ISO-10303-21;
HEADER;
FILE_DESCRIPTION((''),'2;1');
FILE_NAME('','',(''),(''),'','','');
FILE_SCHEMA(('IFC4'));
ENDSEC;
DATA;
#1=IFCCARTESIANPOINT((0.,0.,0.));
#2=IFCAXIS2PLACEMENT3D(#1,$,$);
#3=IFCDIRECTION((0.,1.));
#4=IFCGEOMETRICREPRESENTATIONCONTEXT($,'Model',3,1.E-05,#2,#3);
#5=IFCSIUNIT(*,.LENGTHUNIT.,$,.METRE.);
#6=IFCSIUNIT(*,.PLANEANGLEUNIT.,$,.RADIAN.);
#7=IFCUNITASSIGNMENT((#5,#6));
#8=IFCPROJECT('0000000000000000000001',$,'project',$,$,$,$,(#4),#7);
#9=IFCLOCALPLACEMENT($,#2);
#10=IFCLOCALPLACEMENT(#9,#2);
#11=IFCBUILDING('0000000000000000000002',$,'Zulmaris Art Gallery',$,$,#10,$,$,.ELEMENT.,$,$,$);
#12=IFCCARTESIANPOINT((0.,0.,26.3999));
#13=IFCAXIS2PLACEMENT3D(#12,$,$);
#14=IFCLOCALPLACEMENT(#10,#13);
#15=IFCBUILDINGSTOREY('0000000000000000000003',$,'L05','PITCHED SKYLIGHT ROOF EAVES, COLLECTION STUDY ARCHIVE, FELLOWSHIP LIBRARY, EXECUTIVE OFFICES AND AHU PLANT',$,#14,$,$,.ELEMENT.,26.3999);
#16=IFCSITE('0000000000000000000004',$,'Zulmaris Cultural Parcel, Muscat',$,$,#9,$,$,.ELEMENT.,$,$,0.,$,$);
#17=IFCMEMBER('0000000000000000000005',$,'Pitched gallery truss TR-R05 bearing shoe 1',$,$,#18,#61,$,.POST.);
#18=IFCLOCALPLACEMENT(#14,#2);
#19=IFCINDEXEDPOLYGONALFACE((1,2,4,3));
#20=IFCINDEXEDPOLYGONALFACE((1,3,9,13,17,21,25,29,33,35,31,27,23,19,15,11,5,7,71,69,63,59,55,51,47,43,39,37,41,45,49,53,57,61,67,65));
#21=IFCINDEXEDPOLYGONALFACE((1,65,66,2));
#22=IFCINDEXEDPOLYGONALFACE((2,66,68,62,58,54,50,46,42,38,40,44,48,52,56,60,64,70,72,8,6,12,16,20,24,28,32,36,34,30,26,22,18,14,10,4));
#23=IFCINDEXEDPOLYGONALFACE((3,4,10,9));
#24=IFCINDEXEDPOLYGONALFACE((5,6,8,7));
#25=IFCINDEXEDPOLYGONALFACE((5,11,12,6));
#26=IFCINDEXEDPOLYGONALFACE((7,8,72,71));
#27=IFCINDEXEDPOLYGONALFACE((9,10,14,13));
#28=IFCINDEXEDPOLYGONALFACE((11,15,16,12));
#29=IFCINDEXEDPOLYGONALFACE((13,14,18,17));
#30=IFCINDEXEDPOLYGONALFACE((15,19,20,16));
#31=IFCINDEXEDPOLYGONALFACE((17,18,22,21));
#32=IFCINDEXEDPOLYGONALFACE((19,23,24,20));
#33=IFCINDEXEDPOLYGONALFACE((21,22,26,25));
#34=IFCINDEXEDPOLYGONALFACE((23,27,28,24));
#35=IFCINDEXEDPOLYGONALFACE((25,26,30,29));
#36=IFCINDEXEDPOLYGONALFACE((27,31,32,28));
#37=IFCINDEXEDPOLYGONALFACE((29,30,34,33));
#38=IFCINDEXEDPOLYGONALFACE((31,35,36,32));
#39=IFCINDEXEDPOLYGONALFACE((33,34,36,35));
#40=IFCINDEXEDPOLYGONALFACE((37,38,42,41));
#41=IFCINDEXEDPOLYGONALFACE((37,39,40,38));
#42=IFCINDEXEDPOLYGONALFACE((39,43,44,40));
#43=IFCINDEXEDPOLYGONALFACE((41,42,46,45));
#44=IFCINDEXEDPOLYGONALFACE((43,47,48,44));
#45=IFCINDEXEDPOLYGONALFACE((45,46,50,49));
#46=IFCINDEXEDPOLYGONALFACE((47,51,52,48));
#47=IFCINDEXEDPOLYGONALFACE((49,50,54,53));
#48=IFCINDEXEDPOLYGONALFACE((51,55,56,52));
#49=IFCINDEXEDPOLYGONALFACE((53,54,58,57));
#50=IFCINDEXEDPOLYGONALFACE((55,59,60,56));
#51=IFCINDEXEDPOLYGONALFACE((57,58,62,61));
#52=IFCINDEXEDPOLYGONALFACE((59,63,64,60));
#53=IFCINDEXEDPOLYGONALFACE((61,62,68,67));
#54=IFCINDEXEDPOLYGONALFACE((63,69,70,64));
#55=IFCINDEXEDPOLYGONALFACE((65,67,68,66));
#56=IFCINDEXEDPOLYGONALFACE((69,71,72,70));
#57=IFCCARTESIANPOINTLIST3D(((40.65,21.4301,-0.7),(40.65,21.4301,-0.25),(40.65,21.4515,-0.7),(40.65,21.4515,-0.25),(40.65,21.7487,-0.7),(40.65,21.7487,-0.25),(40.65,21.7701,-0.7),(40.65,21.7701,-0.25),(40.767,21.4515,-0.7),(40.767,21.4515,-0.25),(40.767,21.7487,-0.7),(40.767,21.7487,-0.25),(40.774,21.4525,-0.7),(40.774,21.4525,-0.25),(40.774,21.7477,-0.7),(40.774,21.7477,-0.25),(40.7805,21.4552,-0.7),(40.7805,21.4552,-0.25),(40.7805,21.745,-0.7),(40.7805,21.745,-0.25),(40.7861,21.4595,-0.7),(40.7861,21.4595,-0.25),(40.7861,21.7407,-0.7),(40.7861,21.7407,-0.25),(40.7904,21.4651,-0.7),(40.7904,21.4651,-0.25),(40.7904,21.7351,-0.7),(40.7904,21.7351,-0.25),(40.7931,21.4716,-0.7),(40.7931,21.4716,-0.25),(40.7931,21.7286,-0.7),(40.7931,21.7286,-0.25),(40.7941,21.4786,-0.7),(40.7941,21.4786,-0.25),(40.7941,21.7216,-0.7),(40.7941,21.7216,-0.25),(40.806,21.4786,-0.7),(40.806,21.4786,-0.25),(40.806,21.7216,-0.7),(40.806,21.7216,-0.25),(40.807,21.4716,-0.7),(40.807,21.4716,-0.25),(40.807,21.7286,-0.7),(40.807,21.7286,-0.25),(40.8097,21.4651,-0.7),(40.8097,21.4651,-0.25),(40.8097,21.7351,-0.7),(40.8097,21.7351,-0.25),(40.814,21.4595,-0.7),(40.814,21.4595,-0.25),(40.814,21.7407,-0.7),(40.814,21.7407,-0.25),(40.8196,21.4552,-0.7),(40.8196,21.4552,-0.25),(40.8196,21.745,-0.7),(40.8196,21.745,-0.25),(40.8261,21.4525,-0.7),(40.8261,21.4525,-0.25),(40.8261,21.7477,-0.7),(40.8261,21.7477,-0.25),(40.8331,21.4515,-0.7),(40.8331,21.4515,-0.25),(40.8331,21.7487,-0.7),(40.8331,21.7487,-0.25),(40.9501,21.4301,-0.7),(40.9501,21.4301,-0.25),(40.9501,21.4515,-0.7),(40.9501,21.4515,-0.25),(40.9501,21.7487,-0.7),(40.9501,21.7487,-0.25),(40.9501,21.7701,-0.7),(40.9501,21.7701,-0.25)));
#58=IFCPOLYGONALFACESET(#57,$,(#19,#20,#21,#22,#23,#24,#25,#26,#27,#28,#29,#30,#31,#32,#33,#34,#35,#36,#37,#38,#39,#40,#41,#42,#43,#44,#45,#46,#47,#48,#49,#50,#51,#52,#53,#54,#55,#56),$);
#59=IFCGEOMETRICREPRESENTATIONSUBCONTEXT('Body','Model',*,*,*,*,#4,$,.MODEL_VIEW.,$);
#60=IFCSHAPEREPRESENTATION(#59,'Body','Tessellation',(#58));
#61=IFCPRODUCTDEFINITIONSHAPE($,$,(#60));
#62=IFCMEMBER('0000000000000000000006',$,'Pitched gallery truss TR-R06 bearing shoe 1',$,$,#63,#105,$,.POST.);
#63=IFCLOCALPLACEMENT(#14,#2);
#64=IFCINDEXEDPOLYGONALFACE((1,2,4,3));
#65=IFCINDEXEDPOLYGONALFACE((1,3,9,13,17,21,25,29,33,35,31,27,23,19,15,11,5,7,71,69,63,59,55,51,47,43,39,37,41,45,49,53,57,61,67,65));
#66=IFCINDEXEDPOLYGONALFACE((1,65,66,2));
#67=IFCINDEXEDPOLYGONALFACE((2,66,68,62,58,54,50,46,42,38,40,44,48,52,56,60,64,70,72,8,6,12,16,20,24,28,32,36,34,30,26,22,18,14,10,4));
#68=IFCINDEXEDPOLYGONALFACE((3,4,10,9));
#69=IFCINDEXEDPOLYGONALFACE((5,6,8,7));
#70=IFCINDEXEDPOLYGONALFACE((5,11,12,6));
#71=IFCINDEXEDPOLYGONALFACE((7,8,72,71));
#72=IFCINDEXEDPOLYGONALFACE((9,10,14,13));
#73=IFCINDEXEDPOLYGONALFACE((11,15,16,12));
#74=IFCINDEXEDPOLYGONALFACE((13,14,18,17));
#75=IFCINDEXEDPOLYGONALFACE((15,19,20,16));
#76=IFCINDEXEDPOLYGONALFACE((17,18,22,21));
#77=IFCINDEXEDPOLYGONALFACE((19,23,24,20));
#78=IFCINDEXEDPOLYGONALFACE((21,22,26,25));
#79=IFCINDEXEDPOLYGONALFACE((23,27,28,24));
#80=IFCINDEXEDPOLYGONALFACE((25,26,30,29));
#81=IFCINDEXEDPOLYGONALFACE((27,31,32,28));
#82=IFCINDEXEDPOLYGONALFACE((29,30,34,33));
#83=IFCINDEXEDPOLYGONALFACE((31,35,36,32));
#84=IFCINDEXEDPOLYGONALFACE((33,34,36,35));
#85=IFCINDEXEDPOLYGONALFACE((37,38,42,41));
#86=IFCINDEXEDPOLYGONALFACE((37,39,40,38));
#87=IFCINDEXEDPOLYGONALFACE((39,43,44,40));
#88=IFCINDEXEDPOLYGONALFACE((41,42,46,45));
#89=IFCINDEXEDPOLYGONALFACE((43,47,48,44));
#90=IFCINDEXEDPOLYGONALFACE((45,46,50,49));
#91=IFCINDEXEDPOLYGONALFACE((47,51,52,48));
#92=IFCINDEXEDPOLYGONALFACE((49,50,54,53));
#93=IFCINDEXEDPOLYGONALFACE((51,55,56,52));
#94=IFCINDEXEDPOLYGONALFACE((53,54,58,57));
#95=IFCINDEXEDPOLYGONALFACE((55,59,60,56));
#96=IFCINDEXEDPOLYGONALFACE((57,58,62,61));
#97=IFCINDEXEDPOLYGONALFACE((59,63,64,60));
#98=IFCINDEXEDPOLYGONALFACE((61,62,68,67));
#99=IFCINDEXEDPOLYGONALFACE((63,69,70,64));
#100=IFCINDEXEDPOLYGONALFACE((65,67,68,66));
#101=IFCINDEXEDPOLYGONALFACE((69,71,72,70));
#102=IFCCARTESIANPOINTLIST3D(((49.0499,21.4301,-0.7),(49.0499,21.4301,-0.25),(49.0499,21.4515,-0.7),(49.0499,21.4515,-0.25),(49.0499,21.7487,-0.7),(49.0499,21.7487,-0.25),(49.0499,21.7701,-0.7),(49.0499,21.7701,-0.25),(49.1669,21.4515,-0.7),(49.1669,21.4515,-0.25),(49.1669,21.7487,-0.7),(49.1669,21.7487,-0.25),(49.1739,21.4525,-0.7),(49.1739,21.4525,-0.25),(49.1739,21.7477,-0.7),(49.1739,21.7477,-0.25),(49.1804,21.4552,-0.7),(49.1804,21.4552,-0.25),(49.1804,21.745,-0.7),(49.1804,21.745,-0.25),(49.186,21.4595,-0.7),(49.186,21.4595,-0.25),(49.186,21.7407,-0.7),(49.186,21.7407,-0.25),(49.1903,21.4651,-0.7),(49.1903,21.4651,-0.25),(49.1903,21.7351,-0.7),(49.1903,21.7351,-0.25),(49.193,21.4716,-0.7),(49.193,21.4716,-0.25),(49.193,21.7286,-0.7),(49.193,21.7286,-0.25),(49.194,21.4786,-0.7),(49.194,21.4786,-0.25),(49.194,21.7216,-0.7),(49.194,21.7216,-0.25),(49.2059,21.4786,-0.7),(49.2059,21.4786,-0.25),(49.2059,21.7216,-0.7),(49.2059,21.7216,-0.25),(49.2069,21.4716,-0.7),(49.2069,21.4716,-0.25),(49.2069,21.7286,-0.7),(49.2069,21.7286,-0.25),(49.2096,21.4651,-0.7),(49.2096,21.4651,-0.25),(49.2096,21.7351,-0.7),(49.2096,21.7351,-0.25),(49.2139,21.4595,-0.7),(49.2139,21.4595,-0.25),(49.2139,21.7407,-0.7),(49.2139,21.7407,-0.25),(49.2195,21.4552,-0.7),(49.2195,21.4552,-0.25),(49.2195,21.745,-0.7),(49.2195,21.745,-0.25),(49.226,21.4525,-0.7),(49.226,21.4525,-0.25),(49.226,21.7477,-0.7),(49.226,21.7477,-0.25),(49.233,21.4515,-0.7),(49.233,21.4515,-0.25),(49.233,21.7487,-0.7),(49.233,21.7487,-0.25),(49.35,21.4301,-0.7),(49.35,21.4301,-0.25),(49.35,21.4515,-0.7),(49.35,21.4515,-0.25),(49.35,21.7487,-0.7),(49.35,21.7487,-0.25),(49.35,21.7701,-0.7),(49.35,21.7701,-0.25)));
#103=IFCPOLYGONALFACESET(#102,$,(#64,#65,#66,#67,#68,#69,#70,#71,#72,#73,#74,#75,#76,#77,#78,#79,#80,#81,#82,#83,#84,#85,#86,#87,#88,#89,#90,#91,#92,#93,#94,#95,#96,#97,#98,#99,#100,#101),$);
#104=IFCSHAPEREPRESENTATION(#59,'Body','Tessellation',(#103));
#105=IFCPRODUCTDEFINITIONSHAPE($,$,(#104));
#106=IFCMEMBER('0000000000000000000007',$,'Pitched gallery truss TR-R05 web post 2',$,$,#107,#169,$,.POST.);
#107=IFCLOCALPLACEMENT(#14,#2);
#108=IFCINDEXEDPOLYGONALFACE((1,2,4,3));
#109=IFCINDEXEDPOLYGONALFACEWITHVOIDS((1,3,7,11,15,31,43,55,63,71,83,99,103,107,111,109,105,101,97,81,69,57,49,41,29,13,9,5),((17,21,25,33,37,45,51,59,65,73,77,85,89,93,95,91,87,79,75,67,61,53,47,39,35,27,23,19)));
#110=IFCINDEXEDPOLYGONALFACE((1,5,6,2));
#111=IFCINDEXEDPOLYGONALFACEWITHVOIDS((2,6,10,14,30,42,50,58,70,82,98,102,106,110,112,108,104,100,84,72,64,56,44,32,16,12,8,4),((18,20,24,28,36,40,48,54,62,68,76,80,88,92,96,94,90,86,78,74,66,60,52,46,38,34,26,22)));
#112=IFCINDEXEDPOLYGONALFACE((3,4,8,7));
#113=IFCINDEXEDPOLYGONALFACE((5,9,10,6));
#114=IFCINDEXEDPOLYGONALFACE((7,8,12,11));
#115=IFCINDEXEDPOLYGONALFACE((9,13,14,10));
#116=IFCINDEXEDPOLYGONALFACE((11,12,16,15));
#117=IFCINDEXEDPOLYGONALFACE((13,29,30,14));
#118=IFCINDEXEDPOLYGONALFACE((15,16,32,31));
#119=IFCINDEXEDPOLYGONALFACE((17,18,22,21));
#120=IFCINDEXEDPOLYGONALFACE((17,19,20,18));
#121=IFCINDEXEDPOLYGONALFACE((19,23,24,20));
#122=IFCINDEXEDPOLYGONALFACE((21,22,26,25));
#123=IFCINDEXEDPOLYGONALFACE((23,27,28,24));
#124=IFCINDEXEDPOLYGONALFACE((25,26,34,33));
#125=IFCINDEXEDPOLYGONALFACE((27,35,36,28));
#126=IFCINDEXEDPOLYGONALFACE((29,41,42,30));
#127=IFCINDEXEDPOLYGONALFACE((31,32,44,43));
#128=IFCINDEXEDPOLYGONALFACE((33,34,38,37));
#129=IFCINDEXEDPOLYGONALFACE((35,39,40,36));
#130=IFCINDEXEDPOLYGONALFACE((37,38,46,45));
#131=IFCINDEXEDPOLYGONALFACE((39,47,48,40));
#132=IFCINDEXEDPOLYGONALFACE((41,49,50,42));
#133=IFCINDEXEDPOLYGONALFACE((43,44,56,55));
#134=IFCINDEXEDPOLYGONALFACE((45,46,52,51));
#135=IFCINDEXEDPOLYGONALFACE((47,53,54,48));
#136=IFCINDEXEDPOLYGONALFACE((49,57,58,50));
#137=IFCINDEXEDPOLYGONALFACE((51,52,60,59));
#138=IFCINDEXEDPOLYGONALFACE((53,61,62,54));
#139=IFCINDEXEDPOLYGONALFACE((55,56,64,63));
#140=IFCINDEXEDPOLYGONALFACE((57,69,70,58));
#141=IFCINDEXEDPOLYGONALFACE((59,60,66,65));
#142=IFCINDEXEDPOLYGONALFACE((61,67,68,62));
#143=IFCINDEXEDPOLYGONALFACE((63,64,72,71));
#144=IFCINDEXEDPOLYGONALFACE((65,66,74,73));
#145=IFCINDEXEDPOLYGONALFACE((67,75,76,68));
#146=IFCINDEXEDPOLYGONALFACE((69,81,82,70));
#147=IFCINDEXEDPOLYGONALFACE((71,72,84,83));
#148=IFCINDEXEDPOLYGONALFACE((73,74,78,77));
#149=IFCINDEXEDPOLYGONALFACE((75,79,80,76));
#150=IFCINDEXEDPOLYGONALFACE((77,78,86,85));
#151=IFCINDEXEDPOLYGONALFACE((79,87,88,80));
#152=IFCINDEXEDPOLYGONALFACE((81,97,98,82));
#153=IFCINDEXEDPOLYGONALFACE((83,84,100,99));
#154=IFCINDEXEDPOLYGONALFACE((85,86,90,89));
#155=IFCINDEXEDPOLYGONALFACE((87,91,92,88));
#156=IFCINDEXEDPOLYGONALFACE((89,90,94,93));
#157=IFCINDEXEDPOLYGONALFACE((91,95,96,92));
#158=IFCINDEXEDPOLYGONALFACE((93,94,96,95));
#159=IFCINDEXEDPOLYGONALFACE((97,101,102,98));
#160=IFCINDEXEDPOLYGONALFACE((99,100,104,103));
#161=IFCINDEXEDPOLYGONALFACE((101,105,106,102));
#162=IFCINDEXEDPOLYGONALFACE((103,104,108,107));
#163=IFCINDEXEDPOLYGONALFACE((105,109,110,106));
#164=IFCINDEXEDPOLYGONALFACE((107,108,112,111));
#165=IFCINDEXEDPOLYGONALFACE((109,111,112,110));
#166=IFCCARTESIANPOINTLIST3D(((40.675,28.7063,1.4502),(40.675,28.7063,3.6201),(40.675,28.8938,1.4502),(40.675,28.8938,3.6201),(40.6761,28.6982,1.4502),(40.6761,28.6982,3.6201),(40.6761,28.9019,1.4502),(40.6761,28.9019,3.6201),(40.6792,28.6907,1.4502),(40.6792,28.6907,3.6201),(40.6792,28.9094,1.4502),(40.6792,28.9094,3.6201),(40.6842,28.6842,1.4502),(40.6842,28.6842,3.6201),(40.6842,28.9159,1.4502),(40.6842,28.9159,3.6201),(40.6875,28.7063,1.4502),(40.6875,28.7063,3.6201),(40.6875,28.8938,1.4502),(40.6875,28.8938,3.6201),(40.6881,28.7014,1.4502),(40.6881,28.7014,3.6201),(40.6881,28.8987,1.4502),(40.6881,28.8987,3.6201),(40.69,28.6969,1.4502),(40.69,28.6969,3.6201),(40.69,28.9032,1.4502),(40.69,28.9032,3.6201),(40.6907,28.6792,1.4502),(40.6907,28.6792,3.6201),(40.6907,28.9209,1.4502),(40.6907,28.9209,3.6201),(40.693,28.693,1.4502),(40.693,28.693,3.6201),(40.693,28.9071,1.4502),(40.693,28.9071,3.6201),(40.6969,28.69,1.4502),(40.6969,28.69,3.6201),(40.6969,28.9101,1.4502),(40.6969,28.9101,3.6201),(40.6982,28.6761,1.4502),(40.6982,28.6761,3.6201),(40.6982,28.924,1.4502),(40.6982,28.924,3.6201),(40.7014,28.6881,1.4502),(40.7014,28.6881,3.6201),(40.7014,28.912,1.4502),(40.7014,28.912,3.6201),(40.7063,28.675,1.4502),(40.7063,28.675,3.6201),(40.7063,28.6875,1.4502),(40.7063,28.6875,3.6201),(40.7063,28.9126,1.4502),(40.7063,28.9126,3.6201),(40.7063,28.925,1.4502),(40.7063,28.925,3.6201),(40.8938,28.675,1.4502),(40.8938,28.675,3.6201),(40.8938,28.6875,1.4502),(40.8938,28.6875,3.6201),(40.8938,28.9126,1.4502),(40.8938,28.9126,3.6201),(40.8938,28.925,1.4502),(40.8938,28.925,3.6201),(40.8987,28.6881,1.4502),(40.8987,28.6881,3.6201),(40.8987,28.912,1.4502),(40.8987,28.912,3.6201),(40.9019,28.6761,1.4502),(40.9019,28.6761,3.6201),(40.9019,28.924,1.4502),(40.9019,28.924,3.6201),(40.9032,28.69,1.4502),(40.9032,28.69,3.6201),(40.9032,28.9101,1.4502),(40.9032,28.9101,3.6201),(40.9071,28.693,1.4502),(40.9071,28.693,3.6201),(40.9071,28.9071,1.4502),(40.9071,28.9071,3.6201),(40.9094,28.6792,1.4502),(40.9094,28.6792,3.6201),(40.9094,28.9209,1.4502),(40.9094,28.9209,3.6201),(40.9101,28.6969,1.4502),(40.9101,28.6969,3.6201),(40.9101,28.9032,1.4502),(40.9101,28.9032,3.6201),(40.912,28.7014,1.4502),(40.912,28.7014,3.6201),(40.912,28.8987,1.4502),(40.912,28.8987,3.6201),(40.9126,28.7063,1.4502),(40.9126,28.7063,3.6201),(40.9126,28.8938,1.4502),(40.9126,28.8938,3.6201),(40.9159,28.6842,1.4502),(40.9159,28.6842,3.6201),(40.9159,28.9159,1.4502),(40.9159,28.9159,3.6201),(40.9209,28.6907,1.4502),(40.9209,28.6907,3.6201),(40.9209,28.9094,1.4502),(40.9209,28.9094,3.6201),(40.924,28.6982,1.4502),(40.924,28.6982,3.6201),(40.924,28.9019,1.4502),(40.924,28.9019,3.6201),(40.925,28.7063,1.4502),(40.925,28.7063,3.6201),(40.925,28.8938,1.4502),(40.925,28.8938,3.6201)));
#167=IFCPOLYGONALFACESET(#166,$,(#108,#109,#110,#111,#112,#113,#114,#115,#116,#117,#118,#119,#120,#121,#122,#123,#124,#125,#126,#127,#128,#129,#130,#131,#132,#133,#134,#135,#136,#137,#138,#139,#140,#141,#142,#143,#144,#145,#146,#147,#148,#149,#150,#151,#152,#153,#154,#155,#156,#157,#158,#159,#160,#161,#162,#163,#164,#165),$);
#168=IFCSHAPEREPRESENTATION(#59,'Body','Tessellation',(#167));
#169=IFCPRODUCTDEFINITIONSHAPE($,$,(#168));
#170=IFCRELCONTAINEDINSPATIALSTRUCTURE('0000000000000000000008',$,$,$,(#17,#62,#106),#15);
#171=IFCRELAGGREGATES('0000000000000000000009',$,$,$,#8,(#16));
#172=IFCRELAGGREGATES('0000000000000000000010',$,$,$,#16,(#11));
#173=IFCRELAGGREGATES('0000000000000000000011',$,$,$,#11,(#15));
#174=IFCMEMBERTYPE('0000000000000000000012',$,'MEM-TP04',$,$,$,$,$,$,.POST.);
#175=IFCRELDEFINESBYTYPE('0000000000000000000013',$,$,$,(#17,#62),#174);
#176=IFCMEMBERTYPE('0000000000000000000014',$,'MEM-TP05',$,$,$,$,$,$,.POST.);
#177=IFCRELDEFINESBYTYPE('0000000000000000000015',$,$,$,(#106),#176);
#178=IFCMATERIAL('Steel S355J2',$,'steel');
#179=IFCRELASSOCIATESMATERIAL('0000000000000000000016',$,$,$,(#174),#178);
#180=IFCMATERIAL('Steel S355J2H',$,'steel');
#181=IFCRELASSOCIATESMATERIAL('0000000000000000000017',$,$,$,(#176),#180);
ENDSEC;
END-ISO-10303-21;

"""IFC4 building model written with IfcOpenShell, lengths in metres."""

from ifc_helpers import new_model, si_unit, direction, frame, origin, origin_2d, place, context, subcontext, project, spatial, hollow_rectangle, i_section, extrude, material, material_profile, profile_set, type_object, element, save


model = new_model("IFC4")

# Units and contexts
model_context = context("Model", 3, precision=1e-05, world=origin(), true_north=direction((0.0, 1.0)))
body_context = subcontext(model_context, "Body", "Model", "MODEL_VIEW")
ifc_project = project(units=[si_unit("LENGTHUNIT", "METRE"), si_unit("PLANEANGLEUNIT", "RADIAN")], contexts=[model_context])

# Site, building, storey
site_placement = place(None, origin())
site = spatial("IfcSite", under=ifc_project, at=site_placement, Name="Zulmaris Cultural Parcel, Muscat", CompositionType="ELEMENT", RefElevation=0.0)
building_placement = place(site_placement, origin())
building = spatial("IfcBuilding", under=site, at=building_placement, Name="Zulmaris Art Gallery", CompositionType="ELEMENT")
storey_placement = place(building_placement, frame((0.0, 0.0, 26.3999)))
storey = spatial("IfcBuildingStorey", under=building, at=storey_placement, Name="L05", Description="PITCHED SKYLIGHT ROOF EAVES, COLLECTION STUDY ARCHIVE, FELLOWSHIP LIBRARY, EXECUTIVE OFFICES AND AHU PLANT", CompositionType="ELEMENT", Elevation=26.3999)

# Members
ifc_material_1 = material(Name="Steel S355J2H", Category="steel")
ifc_material_2 = material(Name="Steel S355J2", Category="steel")
ifc_material_profile_1 = material_profile(ifc_material_2, i_section(OverallWidth=0.3, OverallDepth=0.3401, WebThickness=0.012, FlangeThickness=0.0215, FilletRadius=0.0271, at=origin_2d()), Name="HEB 340")
ifc_profile_set_1 = profile_set([ifc_material_profile_1], Name="Steel S355J2")
member_type_1 = type_object("IfcMemberType", Name="MEM-TP04", PredefinedType="POST", material=ifc_profile_set_1)
for number, where, z_axis, x_axis, name in (
    (1, (40.8, 21.6001, -0.7), (0.0, 0.0, 1.0), (1.0, 0.0, 0.0), "Pitched gallery truss TR-R05 bearing shoe 1"),
    (2, (49.2, 21.6001, -0.7), (0.0, 0.0, 1.0), (1.0, 0.0, 0.0), "Pitched gallery truss TR-R06 bearing shoe 1"),
):
    element("IfcMember", number, at=place(storey_placement, frame(where, z_axis=z_axis, x_axis=x_axis)), inside=storey, type_object=member_type_1, Name=name, PredefinedType="POST", context=body_context, shape_type="SweptSolid", body=[
        extrude(i_section(OverallWidth=0.3, OverallDepth=0.3401, WebThickness=0.012, FlangeThickness=0.0215, FilletRadius=0.0271, at=origin_2d()), origin(), (0.0, 0.0, 1.0), 0.45),
    ])
ifc_material_profile_2 = material_profile(ifc_material_1, hollow_rectangle(XDim=0.25, YDim=0.25, WallThickness=0.0125, InnerFilletRadius=0.0188, OuterFilletRadius=0.0312, at=origin_2d()), Name="SHS 250x250x12.5")
ifc_profile_set_2 = profile_set([ifc_material_profile_2], Name="Steel S355J2H")
member_type_2 = type_object("IfcMemberType", Name="MEM-TP05", PredefinedType="POST", material=ifc_profile_set_2)
for number, where, z_axis, x_axis, name in (
    (3, (40.8, 28.8, 1.4502), (0.0, 0.0, 1.0), (1.0, 0.0, 0.0), "Pitched gallery truss TR-R05 web post 2"),
):
    element("IfcMember", number, at=place(storey_placement, frame(where, z_axis=z_axis, x_axis=x_axis)), inside=storey, type_object=member_type_2, Name=name, PredefinedType="POST", context=body_context, shape_type="SweptSolid", body=[
        extrude(hollow_rectangle(XDim=0.25, YDim=0.25, WallThickness=0.0125, InnerFilletRadius=0.0188, OuterFilletRadius=0.0312, at=origin_2d()), origin(), (0.0, 0.0, 1.0), 2.1699),
    ])

save(model, "model.ifc")
